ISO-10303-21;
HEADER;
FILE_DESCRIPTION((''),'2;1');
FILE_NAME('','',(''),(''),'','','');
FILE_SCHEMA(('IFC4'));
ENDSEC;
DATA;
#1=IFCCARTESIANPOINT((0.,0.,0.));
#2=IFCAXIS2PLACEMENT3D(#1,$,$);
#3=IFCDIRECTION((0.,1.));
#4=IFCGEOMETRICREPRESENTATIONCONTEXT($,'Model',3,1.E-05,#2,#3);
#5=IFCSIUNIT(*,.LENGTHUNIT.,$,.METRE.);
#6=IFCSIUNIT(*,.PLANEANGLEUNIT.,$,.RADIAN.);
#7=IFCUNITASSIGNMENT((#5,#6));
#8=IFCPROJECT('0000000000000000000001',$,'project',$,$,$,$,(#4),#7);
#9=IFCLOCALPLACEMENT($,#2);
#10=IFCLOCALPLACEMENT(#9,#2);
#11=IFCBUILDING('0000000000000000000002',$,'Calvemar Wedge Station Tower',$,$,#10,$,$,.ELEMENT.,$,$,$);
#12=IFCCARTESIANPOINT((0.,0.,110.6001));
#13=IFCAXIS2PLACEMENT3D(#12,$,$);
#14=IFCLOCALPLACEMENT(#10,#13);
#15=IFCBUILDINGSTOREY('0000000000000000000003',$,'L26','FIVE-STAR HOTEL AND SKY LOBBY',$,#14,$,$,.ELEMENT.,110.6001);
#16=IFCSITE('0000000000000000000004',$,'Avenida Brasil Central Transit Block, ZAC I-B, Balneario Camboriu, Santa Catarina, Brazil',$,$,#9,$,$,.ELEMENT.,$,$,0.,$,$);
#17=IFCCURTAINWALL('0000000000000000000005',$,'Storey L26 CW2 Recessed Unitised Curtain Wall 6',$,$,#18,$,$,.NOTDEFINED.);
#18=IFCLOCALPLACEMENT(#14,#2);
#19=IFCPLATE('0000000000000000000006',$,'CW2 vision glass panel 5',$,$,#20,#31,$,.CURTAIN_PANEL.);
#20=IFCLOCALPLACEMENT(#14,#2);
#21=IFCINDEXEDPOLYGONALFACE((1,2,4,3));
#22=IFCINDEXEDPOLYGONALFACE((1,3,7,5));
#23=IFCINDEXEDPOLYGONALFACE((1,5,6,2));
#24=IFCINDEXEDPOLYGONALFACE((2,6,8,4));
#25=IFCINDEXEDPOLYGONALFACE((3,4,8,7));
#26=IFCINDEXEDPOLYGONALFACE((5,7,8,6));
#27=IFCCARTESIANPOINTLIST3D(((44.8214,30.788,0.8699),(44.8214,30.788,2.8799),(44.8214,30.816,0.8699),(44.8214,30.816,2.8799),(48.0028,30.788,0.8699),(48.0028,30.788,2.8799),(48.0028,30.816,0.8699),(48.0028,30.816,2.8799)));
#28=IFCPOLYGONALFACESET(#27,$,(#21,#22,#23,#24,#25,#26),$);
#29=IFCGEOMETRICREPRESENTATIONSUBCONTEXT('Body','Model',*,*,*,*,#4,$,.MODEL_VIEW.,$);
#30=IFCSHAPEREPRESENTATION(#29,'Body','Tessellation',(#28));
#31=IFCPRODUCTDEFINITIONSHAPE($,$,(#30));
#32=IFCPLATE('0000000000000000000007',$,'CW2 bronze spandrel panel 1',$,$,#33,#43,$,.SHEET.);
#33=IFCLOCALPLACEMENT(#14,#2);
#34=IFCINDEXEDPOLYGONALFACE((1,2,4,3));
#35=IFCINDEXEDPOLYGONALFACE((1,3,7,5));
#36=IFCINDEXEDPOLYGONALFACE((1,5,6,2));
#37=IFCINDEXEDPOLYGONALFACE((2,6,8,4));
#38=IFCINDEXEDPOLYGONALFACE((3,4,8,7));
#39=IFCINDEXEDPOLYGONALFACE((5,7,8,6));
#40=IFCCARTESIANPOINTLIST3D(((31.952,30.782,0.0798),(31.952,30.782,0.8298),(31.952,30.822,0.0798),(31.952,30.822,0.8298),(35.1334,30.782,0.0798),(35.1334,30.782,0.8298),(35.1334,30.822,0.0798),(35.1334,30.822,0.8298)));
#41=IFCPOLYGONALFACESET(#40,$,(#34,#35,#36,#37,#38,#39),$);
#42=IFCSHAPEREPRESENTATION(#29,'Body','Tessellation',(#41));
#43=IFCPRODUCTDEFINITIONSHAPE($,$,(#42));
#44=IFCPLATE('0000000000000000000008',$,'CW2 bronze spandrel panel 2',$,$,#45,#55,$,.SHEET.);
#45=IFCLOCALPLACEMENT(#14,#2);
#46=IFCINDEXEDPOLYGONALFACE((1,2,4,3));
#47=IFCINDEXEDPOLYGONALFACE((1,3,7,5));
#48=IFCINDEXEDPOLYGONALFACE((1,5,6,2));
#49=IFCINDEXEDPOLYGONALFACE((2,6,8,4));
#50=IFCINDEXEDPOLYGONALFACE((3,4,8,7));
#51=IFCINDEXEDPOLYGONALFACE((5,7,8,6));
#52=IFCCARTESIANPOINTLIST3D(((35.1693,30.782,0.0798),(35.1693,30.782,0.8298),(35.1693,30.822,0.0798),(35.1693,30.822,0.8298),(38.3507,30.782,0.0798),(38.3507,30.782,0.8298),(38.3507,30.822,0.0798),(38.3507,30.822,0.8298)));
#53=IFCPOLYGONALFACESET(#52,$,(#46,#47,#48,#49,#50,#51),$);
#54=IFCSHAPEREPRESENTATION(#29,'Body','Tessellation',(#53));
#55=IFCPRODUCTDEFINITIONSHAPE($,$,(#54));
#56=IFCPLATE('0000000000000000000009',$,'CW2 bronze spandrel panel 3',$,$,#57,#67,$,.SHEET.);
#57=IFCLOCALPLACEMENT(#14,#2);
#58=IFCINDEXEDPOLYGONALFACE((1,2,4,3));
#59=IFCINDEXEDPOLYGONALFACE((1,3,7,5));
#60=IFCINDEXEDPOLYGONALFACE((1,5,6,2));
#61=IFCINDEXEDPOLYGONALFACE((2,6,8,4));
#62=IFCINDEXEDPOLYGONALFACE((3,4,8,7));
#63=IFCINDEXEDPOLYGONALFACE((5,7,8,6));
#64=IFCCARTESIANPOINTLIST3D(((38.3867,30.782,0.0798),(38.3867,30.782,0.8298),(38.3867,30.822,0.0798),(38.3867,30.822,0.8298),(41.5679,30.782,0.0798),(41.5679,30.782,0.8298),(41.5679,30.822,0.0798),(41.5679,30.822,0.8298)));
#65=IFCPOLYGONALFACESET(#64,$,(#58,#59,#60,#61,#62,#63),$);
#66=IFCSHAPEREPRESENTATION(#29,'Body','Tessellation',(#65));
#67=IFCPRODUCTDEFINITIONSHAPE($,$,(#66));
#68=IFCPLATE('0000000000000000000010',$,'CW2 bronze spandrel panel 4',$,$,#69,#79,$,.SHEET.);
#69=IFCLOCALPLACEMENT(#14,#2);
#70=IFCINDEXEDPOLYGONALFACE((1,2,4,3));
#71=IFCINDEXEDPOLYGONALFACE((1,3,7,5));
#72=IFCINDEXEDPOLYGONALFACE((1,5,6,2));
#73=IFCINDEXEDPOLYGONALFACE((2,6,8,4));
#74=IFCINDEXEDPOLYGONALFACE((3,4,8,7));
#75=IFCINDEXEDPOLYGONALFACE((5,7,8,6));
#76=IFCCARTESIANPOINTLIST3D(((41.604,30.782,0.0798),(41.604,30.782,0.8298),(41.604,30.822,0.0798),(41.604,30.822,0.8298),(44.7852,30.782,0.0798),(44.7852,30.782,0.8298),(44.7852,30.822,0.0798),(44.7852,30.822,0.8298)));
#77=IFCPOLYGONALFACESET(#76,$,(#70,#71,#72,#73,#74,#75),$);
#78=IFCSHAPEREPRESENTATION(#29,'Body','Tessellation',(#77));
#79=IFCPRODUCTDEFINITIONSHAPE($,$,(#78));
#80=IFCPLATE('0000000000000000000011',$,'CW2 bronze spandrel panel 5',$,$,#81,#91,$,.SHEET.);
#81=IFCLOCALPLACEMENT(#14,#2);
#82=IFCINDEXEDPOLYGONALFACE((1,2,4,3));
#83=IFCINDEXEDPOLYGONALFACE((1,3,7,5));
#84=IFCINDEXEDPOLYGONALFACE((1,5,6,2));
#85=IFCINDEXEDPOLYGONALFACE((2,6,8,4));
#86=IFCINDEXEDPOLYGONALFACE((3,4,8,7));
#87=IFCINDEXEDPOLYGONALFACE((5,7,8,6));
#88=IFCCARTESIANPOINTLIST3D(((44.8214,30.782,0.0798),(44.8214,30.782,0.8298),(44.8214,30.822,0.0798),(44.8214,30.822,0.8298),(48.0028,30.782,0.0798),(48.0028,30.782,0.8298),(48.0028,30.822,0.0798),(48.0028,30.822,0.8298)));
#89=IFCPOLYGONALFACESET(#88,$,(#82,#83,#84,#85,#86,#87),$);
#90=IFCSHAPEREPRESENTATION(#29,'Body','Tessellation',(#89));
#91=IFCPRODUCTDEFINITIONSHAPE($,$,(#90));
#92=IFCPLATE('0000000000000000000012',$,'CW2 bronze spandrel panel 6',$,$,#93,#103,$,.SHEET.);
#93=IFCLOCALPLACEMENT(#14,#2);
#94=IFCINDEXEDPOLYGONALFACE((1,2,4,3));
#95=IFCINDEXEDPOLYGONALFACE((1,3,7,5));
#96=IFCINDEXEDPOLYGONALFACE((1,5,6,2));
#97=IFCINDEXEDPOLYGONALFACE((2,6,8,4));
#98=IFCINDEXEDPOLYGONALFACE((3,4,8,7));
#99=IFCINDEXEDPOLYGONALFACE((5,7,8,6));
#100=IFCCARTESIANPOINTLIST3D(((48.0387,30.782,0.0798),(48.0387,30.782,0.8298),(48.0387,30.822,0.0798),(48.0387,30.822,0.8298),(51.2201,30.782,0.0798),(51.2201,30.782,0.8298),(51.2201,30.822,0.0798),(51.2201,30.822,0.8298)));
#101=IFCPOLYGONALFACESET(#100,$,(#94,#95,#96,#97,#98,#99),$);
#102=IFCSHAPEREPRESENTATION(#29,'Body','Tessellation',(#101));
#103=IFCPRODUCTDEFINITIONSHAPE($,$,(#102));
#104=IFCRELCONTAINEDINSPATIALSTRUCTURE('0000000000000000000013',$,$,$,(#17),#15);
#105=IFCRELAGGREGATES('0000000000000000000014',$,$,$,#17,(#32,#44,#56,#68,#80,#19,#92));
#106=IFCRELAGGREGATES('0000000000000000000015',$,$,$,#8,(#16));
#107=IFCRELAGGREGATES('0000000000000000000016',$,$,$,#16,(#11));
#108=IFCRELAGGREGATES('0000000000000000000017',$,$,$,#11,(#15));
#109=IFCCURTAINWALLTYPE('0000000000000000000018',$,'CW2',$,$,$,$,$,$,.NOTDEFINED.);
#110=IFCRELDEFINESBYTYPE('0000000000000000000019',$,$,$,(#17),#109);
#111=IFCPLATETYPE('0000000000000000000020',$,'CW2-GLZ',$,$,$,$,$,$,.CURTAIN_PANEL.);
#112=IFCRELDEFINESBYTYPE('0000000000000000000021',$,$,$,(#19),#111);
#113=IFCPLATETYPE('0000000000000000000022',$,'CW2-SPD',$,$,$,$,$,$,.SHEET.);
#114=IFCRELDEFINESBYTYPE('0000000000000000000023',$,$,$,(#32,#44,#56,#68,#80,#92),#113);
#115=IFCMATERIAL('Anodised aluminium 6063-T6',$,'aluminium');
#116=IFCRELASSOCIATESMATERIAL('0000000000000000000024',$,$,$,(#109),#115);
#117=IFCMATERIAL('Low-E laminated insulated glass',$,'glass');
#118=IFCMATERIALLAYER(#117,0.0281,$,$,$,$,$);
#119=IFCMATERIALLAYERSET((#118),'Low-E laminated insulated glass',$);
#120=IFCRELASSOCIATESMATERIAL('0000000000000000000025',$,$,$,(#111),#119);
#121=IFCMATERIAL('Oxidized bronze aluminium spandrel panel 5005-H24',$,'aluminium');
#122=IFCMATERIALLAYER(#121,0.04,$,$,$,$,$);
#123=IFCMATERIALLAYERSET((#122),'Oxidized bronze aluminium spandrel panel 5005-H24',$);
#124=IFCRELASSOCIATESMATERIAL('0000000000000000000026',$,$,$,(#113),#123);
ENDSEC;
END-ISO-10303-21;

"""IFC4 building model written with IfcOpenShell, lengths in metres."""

from ifc_helpers import new_model, si_unit, direction, frame, frame_2d, origin, place, context, subcontext, project, spatial, rectangle, extrude, material, layer, layer_set, type_object, element, aggregate, save


model = new_model("IFC4")

# Units and contexts
model_context = context("Model", 3, precision=1e-05, world=origin(), true_north=direction((0.0, 1.0)))
body_context = subcontext(model_context, "Body", "Model", "MODEL_VIEW")
ifc_project = project(units=[si_unit("LENGTHUNIT", "METRE"), si_unit("PLANEANGLEUNIT", "RADIAN")], contexts=[model_context])

# Site, building, storey
site_placement = place(None, origin())
site = spatial("IfcSite", under=ifc_project, at=site_placement, Name="Avenida Brasil Central Transit Block, ZAC I-B, Balneario Camboriu, Santa Catarina, Brazil", CompositionType="ELEMENT", RefElevation=0.0)
building_placement = place(site_placement, origin())
building = spatial("IfcBuilding", under=site, at=building_placement, Name="Calvemar Wedge Station Tower", CompositionType="ELEMENT")
storey_placement = place(building_placement, frame((0.0, 0.0, 110.6001)))
storey = spatial("IfcBuildingStorey", under=building, at=storey_placement, Name="L26", Description="FIVE-STAR HOTEL AND SKY LOBBY", CompositionType="ELEMENT", Elevation=110.6001)

# Curtain wall, plates
ifc_material_1 = material(Name="Anodised aluminium 6063-T6", Category="aluminium")
curtain_wall_type = type_object("IfcCurtainWallType", Name="CW2", PredefinedType="NOTDEFINED", material=ifc_material_1)
curtain_wall_placement = place(storey_placement, origin())
curtain_wall = element("IfcCurtainWall", 1, at=curtain_wall_placement, inside=storey, type_object=curtain_wall_type, Name="Storey L26 CW2 Recessed Unitised Curtain Wall 6", PredefinedType="NOTDEFINED")
ifc_material_2 = material(Name="Low-E laminated insulated glass", Category="glass")
ifc_layer_1 = layer(ifc_material_2, 0.0281)
ifc_layer_set_1 = layer_set([ifc_layer_1], Name="Low-E laminated insulated glass")
plate_type_1 = type_object("IfcPlateType", Name="CW2-GLZ", PredefinedType="CURTAIN_PANEL", material=ifc_layer_set_1)
plate_1_placement = place(storey_placement, frame((44.8213, 30.802, 0.8699), z_axis=(0.0, 0.0, 1.0), x_axis=(1.0, 0.0, 0.0)))
plate_1 = element("IfcPlate", 2, at=plate_1_placement, type_object=plate_type_1, Name="CW2 vision glass panel 5", PredefinedType="CURTAIN_PANEL", context=body_context, shape_type="SweptSolid", body=[
    extrude(rectangle(XDim=3.1814, YDim=0.0281, at=frame_2d((1.5908, 0.0))), origin(), (0.0, 0.0, 1.0), 2.01),
])
ifc_material_3 = material(Name="Oxidized bronze aluminium spandrel panel 5005-H24", Category="aluminium")
ifc_layer_2 = layer(ifc_material_3, 0.04)
ifc_layer_set_2 = layer_set([ifc_layer_2], Name="Oxidized bronze aluminium spandrel panel 5005-H24")
plate_type_2 = type_object("IfcPlateType", Name="CW2-SPD", PredefinedType="SHEET", material=ifc_layer_set_2)
plate_2_placement = place(storey_placement, frame((31.9519, 30.802, 0.0798), z_axis=(0.0, 0.0, 1.0), x_axis=(1.0, 0.0, 0.0)))
plate_2 = element("IfcPlate", 3, at=plate_2_placement, type_object=plate_type_2, Name="CW2 bronze spandrel panel 1", PredefinedType="SHEET", context=body_context, shape_type="SweptSolid", body=[
    extrude(rectangle(XDim=3.1814, YDim=0.04, at=frame_2d((1.5908, 0.0))), origin(), (0.0, 0.0, 1.0), 0.75),
])
plate_3_placement = place(storey_placement, frame((35.1692, 30.802, 0.0798), z_axis=(0.0, 0.0, 1.0), x_axis=(1.0, 0.0, 0.0)))
plate_3 = element("IfcPlate", 4, at=plate_3_placement, type_object=plate_type_2, Name="CW2 bronze spandrel panel 2", PredefinedType="SHEET", context=body_context, shape_type="SweptSolid", body=[
    extrude(rectangle(XDim=3.1814, YDim=0.04, at=frame_2d((1.5908, 0.0))), origin(), (0.0, 0.0, 1.0), 0.75),
])
plate_4_placement = place(storey_placement, frame((38.3867, 30.802, 0.0798), z_axis=(0.0, 0.0, 1.0), x_axis=(1.0, 0.0, 0.0)))
plate_4 = element("IfcPlate", 5, at=plate_4_placement, type_object=plate_type_2, Name="CW2 bronze spandrel panel 3", PredefinedType="SHEET", context=body_context, shape_type="SweptSolid", body=[
    extrude(rectangle(XDim=3.1812, YDim=0.04, at=frame_2d((1.5906, 0.0))), origin(), (0.0, 0.0, 1.0), 0.75),
])
plate_5_placement = place(storey_placement, frame((41.604, 30.802, 0.0798), z_axis=(0.0, 0.0, 1.0), x_axis=(1.0, 0.0, 0.0)))
plate_5 = element("IfcPlate", 6, at=plate_5_placement, type_object=plate_type_2, Name="CW2 bronze spandrel panel 4", PredefinedType="SHEET", context=body_context, shape_type="SweptSolid", body=[
    extrude(rectangle(XDim=3.1812, YDim=0.04, at=frame_2d((1.5906, 0.0))), origin(), (0.0, 0.0, 1.0), 0.75),
])
plate_6_placement = place(storey_placement, frame((44.8213, 30.802, 0.0798), z_axis=(0.0, 0.0, 1.0), x_axis=(1.0, 0.0, 0.0)))
plate_6 = element("IfcPlate", 7, at=plate_6_placement, type_object=plate_type_2, Name="CW2 bronze spandrel panel 5", PredefinedType="SHEET", context=body_context, shape_type="SweptSolid", body=[
    extrude(rectangle(XDim=3.1814, YDim=0.04, at=frame_2d((1.5908, 0.0))), origin(), (0.0, 0.0, 1.0), 0.75),
])
plate_7_placement = place(storey_placement, frame((48.0386, 30.802, 0.0798), z_axis=(0.0, 0.0, 1.0), x_axis=(1.0, 0.0, 0.0)))
plate_7 = element("IfcPlate", 8, at=plate_7_placement, type_object=plate_type_2, Name="CW2 bronze spandrel panel 6", PredefinedType="SHEET", context=body_context, shape_type="SweptSolid", body=[
    extrude(rectangle(XDim=3.1814, YDim=0.04, at=frame_2d((1.5908, 0.0))), origin(), (0.0, 0.0, 1.0), 0.75),
])
aggregate(curtain_wall, [plate_2, plate_3, plate_4, plate_5, plate_6, plate_1, plate_7])

save(model, "model.ifc")
